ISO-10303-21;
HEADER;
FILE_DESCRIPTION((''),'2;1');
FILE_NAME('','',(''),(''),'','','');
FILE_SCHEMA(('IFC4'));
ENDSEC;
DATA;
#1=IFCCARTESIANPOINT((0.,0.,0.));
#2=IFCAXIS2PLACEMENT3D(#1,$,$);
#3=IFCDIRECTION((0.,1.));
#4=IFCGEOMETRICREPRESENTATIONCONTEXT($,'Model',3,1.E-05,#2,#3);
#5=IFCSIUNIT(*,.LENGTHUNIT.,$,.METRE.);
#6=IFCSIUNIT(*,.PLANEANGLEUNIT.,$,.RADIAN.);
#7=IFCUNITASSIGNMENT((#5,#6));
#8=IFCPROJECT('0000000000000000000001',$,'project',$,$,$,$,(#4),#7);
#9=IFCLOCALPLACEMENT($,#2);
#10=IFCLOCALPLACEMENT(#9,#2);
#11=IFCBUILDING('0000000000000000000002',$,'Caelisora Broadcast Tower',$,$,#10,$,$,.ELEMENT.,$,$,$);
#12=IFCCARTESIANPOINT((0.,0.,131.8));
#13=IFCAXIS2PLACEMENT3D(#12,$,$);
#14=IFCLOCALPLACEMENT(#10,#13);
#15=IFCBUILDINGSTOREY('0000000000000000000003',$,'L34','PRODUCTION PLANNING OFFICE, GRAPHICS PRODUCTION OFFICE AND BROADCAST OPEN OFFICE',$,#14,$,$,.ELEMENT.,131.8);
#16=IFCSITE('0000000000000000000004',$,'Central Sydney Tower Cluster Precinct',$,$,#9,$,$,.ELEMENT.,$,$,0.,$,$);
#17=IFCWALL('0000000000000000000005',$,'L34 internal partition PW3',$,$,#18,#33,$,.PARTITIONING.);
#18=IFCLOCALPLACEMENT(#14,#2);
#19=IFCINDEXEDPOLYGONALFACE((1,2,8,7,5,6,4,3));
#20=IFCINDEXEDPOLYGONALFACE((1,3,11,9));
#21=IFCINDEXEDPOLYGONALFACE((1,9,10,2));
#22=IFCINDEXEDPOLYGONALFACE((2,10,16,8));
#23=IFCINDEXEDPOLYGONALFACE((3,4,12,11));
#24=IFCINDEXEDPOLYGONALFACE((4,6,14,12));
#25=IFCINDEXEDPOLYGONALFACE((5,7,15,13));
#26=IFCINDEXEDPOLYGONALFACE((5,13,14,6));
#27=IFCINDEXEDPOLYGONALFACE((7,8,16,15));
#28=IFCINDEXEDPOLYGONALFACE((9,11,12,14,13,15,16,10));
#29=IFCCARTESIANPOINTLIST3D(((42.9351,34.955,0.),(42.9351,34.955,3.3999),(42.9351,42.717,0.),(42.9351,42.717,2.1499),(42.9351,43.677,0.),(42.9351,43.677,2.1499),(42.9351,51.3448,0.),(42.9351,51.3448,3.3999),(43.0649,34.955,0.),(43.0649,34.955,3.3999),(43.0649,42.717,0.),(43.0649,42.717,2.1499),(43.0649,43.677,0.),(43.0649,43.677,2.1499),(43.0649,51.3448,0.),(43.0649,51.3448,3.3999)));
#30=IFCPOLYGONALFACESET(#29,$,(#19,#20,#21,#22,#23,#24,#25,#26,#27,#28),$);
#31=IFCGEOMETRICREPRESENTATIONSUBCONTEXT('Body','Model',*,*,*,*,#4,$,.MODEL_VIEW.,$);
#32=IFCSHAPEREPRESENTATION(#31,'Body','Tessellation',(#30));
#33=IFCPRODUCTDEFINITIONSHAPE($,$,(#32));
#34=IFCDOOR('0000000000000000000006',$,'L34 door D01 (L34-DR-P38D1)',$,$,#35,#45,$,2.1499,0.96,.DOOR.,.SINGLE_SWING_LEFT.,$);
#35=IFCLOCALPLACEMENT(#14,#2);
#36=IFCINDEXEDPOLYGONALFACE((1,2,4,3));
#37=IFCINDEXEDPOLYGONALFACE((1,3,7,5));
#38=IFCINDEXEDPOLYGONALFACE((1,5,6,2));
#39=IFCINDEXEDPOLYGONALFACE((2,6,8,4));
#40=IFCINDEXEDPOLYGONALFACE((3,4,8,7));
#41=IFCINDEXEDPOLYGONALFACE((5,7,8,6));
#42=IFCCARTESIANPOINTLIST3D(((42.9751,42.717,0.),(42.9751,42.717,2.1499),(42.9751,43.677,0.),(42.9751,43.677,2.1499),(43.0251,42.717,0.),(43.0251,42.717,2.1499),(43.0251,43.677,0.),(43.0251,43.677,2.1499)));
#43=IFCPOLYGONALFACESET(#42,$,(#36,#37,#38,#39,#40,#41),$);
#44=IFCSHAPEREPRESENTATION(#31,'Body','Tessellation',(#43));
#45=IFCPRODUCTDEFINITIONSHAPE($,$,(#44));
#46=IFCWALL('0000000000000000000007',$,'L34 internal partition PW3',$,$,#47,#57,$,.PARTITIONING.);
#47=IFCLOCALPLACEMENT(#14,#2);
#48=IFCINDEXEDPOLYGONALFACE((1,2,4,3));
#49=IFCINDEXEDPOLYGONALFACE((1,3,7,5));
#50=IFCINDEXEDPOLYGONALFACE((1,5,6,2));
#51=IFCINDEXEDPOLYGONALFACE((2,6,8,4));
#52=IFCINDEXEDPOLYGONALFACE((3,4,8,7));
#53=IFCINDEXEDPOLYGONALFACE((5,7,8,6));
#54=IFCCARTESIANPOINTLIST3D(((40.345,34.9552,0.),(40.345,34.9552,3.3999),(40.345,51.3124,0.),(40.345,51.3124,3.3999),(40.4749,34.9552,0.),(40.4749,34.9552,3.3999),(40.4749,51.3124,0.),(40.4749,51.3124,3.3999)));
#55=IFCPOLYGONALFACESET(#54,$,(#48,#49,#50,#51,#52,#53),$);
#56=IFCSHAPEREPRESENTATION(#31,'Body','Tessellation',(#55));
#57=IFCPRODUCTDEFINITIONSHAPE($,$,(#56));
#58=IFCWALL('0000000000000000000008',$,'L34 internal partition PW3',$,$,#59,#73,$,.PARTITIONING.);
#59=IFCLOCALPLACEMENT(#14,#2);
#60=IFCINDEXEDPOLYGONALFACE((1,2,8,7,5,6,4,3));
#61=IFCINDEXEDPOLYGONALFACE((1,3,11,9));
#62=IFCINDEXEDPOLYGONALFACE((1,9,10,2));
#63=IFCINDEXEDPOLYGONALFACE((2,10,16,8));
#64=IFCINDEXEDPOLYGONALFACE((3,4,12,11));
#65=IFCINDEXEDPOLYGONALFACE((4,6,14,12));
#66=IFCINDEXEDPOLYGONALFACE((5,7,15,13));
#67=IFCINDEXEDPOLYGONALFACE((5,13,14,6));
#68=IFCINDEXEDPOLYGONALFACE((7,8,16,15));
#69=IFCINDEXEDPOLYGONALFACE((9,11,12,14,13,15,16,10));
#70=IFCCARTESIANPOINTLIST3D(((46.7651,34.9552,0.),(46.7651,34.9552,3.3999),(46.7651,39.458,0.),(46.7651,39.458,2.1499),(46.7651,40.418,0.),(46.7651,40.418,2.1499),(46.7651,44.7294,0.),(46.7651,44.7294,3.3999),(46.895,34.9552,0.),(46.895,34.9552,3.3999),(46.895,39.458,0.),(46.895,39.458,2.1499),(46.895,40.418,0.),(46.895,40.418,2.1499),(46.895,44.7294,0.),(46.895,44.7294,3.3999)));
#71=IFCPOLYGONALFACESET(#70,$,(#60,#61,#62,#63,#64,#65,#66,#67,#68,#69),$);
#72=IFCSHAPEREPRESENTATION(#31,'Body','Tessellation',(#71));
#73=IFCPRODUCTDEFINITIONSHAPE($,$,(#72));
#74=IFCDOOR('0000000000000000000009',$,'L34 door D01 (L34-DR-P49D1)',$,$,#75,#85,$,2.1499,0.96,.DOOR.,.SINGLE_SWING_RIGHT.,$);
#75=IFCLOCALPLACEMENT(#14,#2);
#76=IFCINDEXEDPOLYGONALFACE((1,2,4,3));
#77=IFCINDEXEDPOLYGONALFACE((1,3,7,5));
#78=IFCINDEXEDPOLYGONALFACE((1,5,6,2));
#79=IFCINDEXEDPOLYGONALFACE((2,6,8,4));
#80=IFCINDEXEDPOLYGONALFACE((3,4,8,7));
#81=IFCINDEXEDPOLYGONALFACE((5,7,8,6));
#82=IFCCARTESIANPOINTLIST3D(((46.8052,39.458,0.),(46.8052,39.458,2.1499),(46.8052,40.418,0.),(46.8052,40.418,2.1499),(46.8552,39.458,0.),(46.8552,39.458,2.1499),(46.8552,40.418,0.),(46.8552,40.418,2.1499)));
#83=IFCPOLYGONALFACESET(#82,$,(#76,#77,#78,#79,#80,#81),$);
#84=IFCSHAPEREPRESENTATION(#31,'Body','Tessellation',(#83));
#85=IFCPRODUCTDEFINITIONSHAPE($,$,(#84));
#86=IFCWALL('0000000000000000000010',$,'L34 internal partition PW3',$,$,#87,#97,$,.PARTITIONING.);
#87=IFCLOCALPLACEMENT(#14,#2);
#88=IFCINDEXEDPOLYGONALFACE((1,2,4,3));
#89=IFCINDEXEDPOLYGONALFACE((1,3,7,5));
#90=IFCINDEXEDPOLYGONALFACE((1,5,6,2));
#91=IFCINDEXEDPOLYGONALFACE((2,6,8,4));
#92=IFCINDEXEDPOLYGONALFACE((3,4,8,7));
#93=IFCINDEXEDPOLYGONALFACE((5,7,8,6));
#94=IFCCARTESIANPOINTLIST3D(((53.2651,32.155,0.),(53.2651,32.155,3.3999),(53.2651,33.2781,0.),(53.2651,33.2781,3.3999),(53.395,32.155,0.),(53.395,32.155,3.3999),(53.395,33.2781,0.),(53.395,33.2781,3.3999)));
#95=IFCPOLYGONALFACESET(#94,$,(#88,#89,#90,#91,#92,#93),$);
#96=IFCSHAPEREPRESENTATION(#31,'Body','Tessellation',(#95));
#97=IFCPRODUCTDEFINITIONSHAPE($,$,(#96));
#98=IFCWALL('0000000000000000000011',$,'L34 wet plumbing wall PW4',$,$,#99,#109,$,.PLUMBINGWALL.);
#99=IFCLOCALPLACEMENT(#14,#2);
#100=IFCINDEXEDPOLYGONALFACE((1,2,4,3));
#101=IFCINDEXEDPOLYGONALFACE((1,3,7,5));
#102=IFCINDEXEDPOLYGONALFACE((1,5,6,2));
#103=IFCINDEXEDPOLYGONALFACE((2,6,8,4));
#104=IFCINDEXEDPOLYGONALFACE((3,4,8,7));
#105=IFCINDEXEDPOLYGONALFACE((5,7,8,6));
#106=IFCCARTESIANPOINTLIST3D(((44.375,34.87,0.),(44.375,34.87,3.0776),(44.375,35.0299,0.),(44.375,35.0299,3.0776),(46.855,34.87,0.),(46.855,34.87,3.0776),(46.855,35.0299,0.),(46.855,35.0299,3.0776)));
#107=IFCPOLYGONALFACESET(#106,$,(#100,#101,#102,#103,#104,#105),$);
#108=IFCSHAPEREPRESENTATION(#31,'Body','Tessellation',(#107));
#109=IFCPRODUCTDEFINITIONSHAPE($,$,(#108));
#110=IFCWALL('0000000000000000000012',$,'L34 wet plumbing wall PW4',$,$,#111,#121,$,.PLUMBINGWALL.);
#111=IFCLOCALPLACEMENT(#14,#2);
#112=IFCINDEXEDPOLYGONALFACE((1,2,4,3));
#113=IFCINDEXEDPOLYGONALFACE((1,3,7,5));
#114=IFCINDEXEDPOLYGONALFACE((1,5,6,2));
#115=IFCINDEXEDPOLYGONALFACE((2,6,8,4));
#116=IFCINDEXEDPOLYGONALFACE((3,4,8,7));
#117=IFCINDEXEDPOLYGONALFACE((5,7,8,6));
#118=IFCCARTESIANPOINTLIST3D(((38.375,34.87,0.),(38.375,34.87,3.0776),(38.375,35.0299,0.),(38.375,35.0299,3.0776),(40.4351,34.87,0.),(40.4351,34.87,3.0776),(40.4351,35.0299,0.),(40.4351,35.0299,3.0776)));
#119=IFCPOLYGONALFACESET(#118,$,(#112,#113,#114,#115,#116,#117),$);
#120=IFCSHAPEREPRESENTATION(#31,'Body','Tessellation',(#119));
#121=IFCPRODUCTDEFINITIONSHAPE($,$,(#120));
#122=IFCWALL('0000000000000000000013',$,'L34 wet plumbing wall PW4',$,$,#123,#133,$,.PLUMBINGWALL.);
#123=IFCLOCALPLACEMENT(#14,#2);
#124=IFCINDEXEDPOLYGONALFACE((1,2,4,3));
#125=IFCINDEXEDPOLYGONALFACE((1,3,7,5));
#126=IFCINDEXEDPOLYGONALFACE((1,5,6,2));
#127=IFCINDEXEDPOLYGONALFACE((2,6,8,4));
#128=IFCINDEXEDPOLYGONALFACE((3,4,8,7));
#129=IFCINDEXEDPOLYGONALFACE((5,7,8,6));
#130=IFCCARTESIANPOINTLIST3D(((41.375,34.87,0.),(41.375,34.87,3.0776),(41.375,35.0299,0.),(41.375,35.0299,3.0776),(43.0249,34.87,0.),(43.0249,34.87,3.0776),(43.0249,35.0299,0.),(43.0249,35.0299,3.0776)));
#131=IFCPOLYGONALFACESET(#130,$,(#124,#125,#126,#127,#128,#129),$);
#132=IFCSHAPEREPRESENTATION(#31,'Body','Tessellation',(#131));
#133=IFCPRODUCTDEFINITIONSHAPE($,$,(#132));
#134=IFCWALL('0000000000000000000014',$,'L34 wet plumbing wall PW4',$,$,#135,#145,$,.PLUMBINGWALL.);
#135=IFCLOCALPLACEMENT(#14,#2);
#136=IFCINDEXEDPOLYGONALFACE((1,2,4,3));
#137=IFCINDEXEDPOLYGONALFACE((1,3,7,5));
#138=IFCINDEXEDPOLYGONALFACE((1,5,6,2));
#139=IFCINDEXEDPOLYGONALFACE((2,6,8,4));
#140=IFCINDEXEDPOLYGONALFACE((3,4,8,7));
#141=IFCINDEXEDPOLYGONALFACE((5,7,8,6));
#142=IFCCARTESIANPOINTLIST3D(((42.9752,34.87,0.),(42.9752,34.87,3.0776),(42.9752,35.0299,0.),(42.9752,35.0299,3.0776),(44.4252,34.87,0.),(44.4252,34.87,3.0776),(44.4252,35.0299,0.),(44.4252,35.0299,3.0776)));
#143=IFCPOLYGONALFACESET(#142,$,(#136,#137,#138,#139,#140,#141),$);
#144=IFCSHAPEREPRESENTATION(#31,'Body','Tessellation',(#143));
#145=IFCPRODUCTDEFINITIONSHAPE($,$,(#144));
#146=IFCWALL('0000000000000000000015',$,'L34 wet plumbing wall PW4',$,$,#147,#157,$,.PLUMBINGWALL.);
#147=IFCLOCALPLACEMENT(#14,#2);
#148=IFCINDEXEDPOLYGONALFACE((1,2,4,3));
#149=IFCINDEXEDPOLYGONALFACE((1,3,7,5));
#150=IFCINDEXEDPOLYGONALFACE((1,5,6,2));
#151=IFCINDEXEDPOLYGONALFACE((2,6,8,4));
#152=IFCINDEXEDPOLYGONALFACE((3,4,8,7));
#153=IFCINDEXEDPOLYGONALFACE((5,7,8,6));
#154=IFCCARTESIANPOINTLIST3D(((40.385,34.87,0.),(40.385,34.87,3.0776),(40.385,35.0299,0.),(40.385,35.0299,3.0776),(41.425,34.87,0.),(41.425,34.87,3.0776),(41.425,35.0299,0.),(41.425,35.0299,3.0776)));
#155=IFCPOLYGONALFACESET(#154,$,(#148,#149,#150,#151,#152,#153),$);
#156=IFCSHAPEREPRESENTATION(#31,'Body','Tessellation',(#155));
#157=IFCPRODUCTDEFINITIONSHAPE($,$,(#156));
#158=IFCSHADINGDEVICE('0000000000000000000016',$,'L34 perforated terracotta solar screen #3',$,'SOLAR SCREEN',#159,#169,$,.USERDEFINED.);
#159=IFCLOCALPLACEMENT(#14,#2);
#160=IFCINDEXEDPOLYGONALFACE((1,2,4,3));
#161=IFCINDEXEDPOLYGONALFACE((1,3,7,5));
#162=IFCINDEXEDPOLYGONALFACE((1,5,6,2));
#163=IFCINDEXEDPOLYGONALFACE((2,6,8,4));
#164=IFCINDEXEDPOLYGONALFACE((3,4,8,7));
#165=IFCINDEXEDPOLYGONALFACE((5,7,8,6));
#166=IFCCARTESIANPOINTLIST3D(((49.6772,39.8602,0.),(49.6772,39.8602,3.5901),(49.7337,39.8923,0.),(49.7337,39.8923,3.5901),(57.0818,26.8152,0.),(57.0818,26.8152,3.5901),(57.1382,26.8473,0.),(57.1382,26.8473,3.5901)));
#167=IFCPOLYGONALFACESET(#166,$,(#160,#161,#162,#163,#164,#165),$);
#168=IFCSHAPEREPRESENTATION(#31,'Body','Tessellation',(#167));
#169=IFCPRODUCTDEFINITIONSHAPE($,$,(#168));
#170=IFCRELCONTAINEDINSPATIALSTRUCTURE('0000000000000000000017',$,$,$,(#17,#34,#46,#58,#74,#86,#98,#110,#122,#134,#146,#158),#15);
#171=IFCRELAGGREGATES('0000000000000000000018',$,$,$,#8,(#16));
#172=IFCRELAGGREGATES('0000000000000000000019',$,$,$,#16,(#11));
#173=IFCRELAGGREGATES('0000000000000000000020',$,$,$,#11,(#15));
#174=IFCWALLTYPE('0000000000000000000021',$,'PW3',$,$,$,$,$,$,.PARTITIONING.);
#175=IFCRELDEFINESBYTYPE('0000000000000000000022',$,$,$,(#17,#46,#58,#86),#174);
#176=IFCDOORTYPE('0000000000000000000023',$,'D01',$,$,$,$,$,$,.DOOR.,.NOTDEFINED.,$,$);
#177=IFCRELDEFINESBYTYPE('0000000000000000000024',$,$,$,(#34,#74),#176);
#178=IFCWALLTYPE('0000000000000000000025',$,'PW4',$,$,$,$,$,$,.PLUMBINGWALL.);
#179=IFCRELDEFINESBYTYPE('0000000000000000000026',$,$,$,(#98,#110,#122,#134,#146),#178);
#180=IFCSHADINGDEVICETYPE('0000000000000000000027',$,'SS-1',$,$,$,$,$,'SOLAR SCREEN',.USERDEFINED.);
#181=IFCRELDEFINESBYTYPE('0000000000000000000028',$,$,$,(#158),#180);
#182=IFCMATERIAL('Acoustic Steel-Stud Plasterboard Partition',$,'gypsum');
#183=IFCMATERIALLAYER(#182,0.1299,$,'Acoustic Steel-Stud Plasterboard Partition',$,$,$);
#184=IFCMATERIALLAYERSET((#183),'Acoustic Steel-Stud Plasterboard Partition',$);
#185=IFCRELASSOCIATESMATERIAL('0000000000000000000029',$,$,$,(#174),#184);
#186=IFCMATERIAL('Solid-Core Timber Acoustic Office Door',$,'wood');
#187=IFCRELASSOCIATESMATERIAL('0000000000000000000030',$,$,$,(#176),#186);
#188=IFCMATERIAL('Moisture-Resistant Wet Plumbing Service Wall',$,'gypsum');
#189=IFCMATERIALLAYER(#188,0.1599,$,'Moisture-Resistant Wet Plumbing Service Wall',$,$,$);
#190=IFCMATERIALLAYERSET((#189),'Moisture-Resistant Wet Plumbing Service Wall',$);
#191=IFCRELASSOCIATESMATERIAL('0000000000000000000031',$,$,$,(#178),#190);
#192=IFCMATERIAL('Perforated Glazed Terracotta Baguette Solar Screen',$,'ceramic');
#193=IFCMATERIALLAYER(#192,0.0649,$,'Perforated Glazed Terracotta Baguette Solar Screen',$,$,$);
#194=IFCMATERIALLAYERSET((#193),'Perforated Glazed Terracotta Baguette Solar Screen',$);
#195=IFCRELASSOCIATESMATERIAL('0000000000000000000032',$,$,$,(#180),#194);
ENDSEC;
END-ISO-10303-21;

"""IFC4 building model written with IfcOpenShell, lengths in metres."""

from ifc_helpers import new_model, si_unit, direction, frame, frame_2d, origin, origin_2d, place, context, subcontext, project, spatial, rectangle, extrude, source, transform, mapped, material, layer, layer_set, type_object, type_shapes, element, fill, save


model = new_model("IFC4")

# Units and contexts
model_context = context("Model", 3, precision=1e-05, world=origin(), true_north=direction((0.0, 1.0)))
body_context = subcontext(model_context, "Body", "Model", "MODEL_VIEW")
ifc_project = project(units=[si_unit("LENGTHUNIT", "METRE"), si_unit("PLANEANGLEUNIT", "RADIAN")], contexts=[model_context])

# Site, building, storey
site_placement = place(None, origin())
site = spatial("IfcSite", under=ifc_project, at=site_placement, Name="Central Sydney Tower Cluster Precinct", CompositionType="ELEMENT", RefElevation=0.0)
building_placement = place(site_placement, origin())
building = spatial("IfcBuilding", under=site, at=building_placement, Name="Caelisora Broadcast Tower", CompositionType="ELEMENT")
storey_placement = place(building_placement, frame((0.0, 0.0, 131.8)))
storey = spatial("IfcBuildingStorey", under=building, at=storey_placement, Name="L34", Description="PRODUCTION PLANNING OFFICE, GRAPHICS PRODUCTION OFFICE AND BROADCAST OPEN OFFICE", CompositionType="ELEMENT", Elevation=131.8)

# Wall, opening, door
ifc_material_1 = material(Name="Acoustic Steel-Stud Plasterboard Partition", Category="gypsum")
ifc_layer_1 = layer(ifc_material_1, 0.1299, Name="Acoustic Steel-Stud Plasterboard Partition")
ifc_layer_set_1 = layer_set([ifc_layer_1], Name="Acoustic Steel-Stud Plasterboard Partition")
wall_type_1 = type_object("IfcWallType", Name="PW3", PredefinedType="PARTITIONING", material=ifc_layer_set_1)
wall_1_placement = place(storey_placement, frame((43.0, 34.9551, 0.0), z_axis=(0.0, 0.0, 1.0), x_axis=(0.0, 1.0, 0.0)))
wall_1 = element("IfcWall", 1, at=wall_1_placement, inside=storey, type_object=wall_type_1, Name="L34 internal partition PW3", PredefinedType="PARTITIONING", context=body_context, shape_type="SweptSolid", body=[
    extrude(rectangle(XDim=16.3899, YDim=0.1299, at=frame_2d((8.1948, 0.0))), origin(), (0.0, 0.0, 1.0), 3.3999),
])
opening_1_placement = place(wall_1_placement, frame((7.762, 0.0, 0.0)))
opening_1 = element("IfcOpeningElement", 2, at=opening_1_placement, cuts=wall_1, PredefinedType="OPENING", context=body_context, shape_type="SweptSolid", body=[
    extrude(rectangle(XDim=0.96, YDim=2.1499, at=frame_2d((0.48, 1.075))), frame((0.0, 0.0769, 0.0), z_axis=(0.0, -1.0, 0.0), x_axis=(1.0, 0.0, 0.0)), (0.0, 0.0, 1.0), 0.1538),
])
ifc_material_2 = material(Name="Solid-Core Timber Acoustic Office Door", Category="wood")
door_type = type_object("IfcDoorType", Name="D01", OperationType="NOTDEFINED", PredefinedType="DOOR", material=ifc_material_2)
door_1_placement = place(opening_1_placement, origin())
door_1 = element("IfcDoor", 3, at=door_1_placement, inside=storey, type_object=door_type, Name="L34 door D01 (L34-DR-P38D1)", OperationType="SINGLE_SWING_LEFT", OverallHeight=2.1499, OverallWidth=0.96, PredefinedType="DOOR", context=body_context, shape_type="SweptSolid", body=[
    extrude(rectangle(XDim=0.96, YDim=2.1499, at=frame_2d((0.48, 1.075))), frame((0.0, 0.0249, 0.0), z_axis=(0.0, -1.0, 0.0), x_axis=(1.0, 0.0, 0.0)), (0.0, 0.0, 1.0), 0.05),
])
fill(opening_1, door_1)

# Wall
wall_2_placement = place(storey_placement, frame((40.4099, 34.9551, 0.0), z_axis=(0.0, 0.0, 1.0), x_axis=(0.0, 1.0, 0.0)))
element("IfcWall", 4, at=wall_2_placement, inside=storey, type_object=wall_type_1, Name="L34 internal partition PW3", PredefinedType="PARTITIONING", context=body_context, shape_type="SweptSolid", body=[
    extrude(rectangle(XDim=16.3572, YDim=0.1299, at=frame_2d((8.1787, 0.0))), origin(), (0.0, 0.0, 1.0), 3.3999),
])

# Wall, opening, door
wall_3_placement = place(storey_placement, frame((46.8301, 34.9551, 0.0), z_axis=(0.0, 0.0, 1.0), x_axis=(0.0, 1.0, 0.0)))
wall_3 = element("IfcWall", 5, at=wall_3_placement, inside=storey, type_object=wall_type_1, Name="L34 internal partition PW3", PredefinedType="PARTITIONING", context=body_context, shape_type="SweptSolid", body=[
    extrude(rectangle(XDim=9.7742, YDim=0.1299, at=frame_2d((4.8872, 0.0))), origin(), (0.0, 0.0, 1.0), 3.3999),
])
opening_2_placement = place(wall_3_placement, frame((4.5029, 0.0, 0.0)))
opening_2 = element("IfcOpeningElement", 6, at=opening_2_placement, cuts=wall_3, PredefinedType="OPENING", context=body_context, shape_type="SweptSolid", body=[
    extrude(rectangle(XDim=0.96, YDim=2.1499, at=frame_2d((0.48, 1.075))), frame((0.0, 0.0769, 0.0), z_axis=(0.0, -1.0, 0.0), x_axis=(1.0, 0.0, 0.0)), (0.0, 0.0, 1.0), 0.1538),
])
door_2_placement = place(opening_2_placement, origin())
door_2 = element("IfcDoor", 7, at=door_2_placement, inside=storey, type_object=door_type, Name="L34 door D01 (L34-DR-P49D1)", OperationType="SINGLE_SWING_RIGHT", OverallHeight=2.1499, OverallWidth=0.96, PredefinedType="DOOR", context=body_context, shape_type="SweptSolid", body=[
    extrude(rectangle(XDim=0.96, YDim=2.1499, at=frame_2d((0.48, 1.075))), frame((0.0, 0.0249, 0.0), z_axis=(0.0, -1.0, 0.0), x_axis=(1.0, 0.0, 0.0)), (0.0, 0.0, 1.0), 0.05),
])
fill(opening_2, door_2)

# Walls
wall_4_placement = place(storey_placement, frame((53.3301, 33.2781, 0.0), z_axis=(0.0, 0.0, 1.0), x_axis=(0.0, -1.0, 0.0)))
element("IfcWall", 8, at=wall_4_placement, inside=storey, type_object=wall_type_1, Name="L34 internal partition PW3", PredefinedType="PARTITIONING", context=body_context, shape_type="SweptSolid", body=[
    extrude(rectangle(XDim=1.123, YDim=0.1299, at=frame_2d((0.5615, 0.0))), origin(), (0.0, 0.0, 1.0), 3.3999),
])
ifc_material_3 = material(Name="Moisture-Resistant Wet Plumbing Service Wall", Category="gypsum")
ifc_layer_2 = layer(ifc_material_3, 0.1599, Name="Moisture-Resistant Wet Plumbing Service Wall")
ifc_layer_set_2 = layer_set([ifc_layer_2], Name="Moisture-Resistant Wet Plumbing Service Wall")
wall_type_2 = type_object("IfcWallType", Name="PW4", PredefinedType="PLUMBINGWALL", material=ifc_layer_set_2)
wall_5_placement = place(storey_placement, frame((44.375, 34.95, 0.0), z_axis=(0.0, 0.0, 1.0), x_axis=(1.0, 0.0, 0.0)))
element("IfcWall", 9, at=wall_5_placement, inside=storey, type_object=wall_type_2, Name="L34 wet plumbing wall PW4", PredefinedType="PLUMBINGWALL", context=body_context, shape_type="SweptSolid", body=[
    extrude(rectangle(XDim=2.48, YDim=0.1599, at=frame_2d((1.24, 0.0))), origin(), (0.0, 0.0, 1.0), 3.0776),
])
wall_6_placement = place(storey_placement, frame((38.375, 34.95, 0.0), z_axis=(0.0, 0.0, 1.0), x_axis=(1.0, 0.0, 0.0)))
element("IfcWall", 10, at=wall_6_placement, inside=storey, type_object=wall_type_2, Name="L34 wet plumbing wall PW4", PredefinedType="PLUMBINGWALL", context=body_context, shape_type="SweptSolid", body=[
    extrude(rectangle(XDim=2.0601, YDim=0.1599, at=frame_2d((1.03, 0.0))), origin(), (0.0, 0.0, 1.0), 3.0776),
])
wall_7_placement = place(storey_placement, frame((41.375, 34.95, 0.0), z_axis=(0.0, 0.0, 1.0), x_axis=(1.0, 0.0, 0.0)))
element("IfcWall", 11, at=wall_7_placement, inside=storey, type_object=wall_type_2, Name="L34 wet plumbing wall PW4", PredefinedType="PLUMBINGWALL", context=body_context, shape_type="SweptSolid", body=[
    extrude(rectangle(XDim=1.6499, YDim=0.1599, at=frame_2d((0.825, 0.0))), origin(), (0.0, 0.0, 1.0), 3.0776),
])
wall_8_placement = place(storey_placement, frame((42.9751, 34.95, 0.0), z_axis=(0.0, 0.0, 1.0), x_axis=(1.0, 0.0, 0.0)))
element("IfcWall", 12, at=wall_8_placement, inside=storey, type_object=wall_type_2, Name="L34 wet plumbing wall PW4", PredefinedType="PLUMBINGWALL", context=body_context, shape_type="SweptSolid", body=[
    extrude(rectangle(XDim=1.45, YDim=0.1599, at=frame_2d((0.7251, 0.0))), origin(), (0.0, 0.0, 1.0), 3.0776),
])
wall_9_placement = place(storey_placement, frame((40.385, 34.95, 0.0), z_axis=(0.0, 0.0, 1.0), x_axis=(1.0, 0.0, 0.0)))
element("IfcWall", 13, at=wall_9_placement, inside=storey, type_object=wall_type_2, Name="L34 wet plumbing wall PW4", PredefinedType="PLUMBINGWALL", context=body_context, shape_type="SweptSolid", body=[
    extrude(rectangle(XDim=1.04, YDim=0.1599, at=frame_2d((0.52, 0.0))), origin(), (0.0, 0.0, 1.0), 3.0776),
])

# Shading device
ifc_material_4 = material(Name="Perforated Glazed Terracotta Baguette Solar Screen", Category="ceramic")
ifc_layer_3 = layer(ifc_material_4, 0.0649, Name="Perforated Glazed Terracotta Baguette Solar Screen")
ifc_layer_set_3 = layer_set([ifc_layer_3], Name="Perforated Glazed Terracotta Baguette Solar Screen")
shading_device_type = type_object("IfcShadingDeviceType", Name="SS-1", ElementType="SOLAR SCREEN", PredefinedType="USERDEFINED", material=ifc_layer_set_3)
shared_shape_1 = source(origin(), body_context, "Body", "SweptSolid", [
    extrude(rectangle(XDim=15.0, YDim=0.0649, at=origin_2d()), origin(), (0.0, 0.0, 1.0), 3.5901),
])
type_shapes(shading_device_type, [shared_shape_1])
shading_device_placement = place(storey_placement, frame((53.4077, 33.3538, 0.0), z_axis=(0.0, 0.0, 1.0), x_axis=(-0.493638, 0.869667, 0.0)))
element("IfcShadingDevice", 14, at=shading_device_placement, inside=storey, type_object=shading_device_type, Name="L34 perforated terracotta solar screen #3", ObjectType="SOLAR SCREEN", PredefinedType="USERDEFINED", context=body_context, shape_type="MappedRepresentation", body=[
    mapped(shared_shape_1, transform((0.0, 0.0, 0.0), scale=1.0)),
])

save(model, "model.ifc")
